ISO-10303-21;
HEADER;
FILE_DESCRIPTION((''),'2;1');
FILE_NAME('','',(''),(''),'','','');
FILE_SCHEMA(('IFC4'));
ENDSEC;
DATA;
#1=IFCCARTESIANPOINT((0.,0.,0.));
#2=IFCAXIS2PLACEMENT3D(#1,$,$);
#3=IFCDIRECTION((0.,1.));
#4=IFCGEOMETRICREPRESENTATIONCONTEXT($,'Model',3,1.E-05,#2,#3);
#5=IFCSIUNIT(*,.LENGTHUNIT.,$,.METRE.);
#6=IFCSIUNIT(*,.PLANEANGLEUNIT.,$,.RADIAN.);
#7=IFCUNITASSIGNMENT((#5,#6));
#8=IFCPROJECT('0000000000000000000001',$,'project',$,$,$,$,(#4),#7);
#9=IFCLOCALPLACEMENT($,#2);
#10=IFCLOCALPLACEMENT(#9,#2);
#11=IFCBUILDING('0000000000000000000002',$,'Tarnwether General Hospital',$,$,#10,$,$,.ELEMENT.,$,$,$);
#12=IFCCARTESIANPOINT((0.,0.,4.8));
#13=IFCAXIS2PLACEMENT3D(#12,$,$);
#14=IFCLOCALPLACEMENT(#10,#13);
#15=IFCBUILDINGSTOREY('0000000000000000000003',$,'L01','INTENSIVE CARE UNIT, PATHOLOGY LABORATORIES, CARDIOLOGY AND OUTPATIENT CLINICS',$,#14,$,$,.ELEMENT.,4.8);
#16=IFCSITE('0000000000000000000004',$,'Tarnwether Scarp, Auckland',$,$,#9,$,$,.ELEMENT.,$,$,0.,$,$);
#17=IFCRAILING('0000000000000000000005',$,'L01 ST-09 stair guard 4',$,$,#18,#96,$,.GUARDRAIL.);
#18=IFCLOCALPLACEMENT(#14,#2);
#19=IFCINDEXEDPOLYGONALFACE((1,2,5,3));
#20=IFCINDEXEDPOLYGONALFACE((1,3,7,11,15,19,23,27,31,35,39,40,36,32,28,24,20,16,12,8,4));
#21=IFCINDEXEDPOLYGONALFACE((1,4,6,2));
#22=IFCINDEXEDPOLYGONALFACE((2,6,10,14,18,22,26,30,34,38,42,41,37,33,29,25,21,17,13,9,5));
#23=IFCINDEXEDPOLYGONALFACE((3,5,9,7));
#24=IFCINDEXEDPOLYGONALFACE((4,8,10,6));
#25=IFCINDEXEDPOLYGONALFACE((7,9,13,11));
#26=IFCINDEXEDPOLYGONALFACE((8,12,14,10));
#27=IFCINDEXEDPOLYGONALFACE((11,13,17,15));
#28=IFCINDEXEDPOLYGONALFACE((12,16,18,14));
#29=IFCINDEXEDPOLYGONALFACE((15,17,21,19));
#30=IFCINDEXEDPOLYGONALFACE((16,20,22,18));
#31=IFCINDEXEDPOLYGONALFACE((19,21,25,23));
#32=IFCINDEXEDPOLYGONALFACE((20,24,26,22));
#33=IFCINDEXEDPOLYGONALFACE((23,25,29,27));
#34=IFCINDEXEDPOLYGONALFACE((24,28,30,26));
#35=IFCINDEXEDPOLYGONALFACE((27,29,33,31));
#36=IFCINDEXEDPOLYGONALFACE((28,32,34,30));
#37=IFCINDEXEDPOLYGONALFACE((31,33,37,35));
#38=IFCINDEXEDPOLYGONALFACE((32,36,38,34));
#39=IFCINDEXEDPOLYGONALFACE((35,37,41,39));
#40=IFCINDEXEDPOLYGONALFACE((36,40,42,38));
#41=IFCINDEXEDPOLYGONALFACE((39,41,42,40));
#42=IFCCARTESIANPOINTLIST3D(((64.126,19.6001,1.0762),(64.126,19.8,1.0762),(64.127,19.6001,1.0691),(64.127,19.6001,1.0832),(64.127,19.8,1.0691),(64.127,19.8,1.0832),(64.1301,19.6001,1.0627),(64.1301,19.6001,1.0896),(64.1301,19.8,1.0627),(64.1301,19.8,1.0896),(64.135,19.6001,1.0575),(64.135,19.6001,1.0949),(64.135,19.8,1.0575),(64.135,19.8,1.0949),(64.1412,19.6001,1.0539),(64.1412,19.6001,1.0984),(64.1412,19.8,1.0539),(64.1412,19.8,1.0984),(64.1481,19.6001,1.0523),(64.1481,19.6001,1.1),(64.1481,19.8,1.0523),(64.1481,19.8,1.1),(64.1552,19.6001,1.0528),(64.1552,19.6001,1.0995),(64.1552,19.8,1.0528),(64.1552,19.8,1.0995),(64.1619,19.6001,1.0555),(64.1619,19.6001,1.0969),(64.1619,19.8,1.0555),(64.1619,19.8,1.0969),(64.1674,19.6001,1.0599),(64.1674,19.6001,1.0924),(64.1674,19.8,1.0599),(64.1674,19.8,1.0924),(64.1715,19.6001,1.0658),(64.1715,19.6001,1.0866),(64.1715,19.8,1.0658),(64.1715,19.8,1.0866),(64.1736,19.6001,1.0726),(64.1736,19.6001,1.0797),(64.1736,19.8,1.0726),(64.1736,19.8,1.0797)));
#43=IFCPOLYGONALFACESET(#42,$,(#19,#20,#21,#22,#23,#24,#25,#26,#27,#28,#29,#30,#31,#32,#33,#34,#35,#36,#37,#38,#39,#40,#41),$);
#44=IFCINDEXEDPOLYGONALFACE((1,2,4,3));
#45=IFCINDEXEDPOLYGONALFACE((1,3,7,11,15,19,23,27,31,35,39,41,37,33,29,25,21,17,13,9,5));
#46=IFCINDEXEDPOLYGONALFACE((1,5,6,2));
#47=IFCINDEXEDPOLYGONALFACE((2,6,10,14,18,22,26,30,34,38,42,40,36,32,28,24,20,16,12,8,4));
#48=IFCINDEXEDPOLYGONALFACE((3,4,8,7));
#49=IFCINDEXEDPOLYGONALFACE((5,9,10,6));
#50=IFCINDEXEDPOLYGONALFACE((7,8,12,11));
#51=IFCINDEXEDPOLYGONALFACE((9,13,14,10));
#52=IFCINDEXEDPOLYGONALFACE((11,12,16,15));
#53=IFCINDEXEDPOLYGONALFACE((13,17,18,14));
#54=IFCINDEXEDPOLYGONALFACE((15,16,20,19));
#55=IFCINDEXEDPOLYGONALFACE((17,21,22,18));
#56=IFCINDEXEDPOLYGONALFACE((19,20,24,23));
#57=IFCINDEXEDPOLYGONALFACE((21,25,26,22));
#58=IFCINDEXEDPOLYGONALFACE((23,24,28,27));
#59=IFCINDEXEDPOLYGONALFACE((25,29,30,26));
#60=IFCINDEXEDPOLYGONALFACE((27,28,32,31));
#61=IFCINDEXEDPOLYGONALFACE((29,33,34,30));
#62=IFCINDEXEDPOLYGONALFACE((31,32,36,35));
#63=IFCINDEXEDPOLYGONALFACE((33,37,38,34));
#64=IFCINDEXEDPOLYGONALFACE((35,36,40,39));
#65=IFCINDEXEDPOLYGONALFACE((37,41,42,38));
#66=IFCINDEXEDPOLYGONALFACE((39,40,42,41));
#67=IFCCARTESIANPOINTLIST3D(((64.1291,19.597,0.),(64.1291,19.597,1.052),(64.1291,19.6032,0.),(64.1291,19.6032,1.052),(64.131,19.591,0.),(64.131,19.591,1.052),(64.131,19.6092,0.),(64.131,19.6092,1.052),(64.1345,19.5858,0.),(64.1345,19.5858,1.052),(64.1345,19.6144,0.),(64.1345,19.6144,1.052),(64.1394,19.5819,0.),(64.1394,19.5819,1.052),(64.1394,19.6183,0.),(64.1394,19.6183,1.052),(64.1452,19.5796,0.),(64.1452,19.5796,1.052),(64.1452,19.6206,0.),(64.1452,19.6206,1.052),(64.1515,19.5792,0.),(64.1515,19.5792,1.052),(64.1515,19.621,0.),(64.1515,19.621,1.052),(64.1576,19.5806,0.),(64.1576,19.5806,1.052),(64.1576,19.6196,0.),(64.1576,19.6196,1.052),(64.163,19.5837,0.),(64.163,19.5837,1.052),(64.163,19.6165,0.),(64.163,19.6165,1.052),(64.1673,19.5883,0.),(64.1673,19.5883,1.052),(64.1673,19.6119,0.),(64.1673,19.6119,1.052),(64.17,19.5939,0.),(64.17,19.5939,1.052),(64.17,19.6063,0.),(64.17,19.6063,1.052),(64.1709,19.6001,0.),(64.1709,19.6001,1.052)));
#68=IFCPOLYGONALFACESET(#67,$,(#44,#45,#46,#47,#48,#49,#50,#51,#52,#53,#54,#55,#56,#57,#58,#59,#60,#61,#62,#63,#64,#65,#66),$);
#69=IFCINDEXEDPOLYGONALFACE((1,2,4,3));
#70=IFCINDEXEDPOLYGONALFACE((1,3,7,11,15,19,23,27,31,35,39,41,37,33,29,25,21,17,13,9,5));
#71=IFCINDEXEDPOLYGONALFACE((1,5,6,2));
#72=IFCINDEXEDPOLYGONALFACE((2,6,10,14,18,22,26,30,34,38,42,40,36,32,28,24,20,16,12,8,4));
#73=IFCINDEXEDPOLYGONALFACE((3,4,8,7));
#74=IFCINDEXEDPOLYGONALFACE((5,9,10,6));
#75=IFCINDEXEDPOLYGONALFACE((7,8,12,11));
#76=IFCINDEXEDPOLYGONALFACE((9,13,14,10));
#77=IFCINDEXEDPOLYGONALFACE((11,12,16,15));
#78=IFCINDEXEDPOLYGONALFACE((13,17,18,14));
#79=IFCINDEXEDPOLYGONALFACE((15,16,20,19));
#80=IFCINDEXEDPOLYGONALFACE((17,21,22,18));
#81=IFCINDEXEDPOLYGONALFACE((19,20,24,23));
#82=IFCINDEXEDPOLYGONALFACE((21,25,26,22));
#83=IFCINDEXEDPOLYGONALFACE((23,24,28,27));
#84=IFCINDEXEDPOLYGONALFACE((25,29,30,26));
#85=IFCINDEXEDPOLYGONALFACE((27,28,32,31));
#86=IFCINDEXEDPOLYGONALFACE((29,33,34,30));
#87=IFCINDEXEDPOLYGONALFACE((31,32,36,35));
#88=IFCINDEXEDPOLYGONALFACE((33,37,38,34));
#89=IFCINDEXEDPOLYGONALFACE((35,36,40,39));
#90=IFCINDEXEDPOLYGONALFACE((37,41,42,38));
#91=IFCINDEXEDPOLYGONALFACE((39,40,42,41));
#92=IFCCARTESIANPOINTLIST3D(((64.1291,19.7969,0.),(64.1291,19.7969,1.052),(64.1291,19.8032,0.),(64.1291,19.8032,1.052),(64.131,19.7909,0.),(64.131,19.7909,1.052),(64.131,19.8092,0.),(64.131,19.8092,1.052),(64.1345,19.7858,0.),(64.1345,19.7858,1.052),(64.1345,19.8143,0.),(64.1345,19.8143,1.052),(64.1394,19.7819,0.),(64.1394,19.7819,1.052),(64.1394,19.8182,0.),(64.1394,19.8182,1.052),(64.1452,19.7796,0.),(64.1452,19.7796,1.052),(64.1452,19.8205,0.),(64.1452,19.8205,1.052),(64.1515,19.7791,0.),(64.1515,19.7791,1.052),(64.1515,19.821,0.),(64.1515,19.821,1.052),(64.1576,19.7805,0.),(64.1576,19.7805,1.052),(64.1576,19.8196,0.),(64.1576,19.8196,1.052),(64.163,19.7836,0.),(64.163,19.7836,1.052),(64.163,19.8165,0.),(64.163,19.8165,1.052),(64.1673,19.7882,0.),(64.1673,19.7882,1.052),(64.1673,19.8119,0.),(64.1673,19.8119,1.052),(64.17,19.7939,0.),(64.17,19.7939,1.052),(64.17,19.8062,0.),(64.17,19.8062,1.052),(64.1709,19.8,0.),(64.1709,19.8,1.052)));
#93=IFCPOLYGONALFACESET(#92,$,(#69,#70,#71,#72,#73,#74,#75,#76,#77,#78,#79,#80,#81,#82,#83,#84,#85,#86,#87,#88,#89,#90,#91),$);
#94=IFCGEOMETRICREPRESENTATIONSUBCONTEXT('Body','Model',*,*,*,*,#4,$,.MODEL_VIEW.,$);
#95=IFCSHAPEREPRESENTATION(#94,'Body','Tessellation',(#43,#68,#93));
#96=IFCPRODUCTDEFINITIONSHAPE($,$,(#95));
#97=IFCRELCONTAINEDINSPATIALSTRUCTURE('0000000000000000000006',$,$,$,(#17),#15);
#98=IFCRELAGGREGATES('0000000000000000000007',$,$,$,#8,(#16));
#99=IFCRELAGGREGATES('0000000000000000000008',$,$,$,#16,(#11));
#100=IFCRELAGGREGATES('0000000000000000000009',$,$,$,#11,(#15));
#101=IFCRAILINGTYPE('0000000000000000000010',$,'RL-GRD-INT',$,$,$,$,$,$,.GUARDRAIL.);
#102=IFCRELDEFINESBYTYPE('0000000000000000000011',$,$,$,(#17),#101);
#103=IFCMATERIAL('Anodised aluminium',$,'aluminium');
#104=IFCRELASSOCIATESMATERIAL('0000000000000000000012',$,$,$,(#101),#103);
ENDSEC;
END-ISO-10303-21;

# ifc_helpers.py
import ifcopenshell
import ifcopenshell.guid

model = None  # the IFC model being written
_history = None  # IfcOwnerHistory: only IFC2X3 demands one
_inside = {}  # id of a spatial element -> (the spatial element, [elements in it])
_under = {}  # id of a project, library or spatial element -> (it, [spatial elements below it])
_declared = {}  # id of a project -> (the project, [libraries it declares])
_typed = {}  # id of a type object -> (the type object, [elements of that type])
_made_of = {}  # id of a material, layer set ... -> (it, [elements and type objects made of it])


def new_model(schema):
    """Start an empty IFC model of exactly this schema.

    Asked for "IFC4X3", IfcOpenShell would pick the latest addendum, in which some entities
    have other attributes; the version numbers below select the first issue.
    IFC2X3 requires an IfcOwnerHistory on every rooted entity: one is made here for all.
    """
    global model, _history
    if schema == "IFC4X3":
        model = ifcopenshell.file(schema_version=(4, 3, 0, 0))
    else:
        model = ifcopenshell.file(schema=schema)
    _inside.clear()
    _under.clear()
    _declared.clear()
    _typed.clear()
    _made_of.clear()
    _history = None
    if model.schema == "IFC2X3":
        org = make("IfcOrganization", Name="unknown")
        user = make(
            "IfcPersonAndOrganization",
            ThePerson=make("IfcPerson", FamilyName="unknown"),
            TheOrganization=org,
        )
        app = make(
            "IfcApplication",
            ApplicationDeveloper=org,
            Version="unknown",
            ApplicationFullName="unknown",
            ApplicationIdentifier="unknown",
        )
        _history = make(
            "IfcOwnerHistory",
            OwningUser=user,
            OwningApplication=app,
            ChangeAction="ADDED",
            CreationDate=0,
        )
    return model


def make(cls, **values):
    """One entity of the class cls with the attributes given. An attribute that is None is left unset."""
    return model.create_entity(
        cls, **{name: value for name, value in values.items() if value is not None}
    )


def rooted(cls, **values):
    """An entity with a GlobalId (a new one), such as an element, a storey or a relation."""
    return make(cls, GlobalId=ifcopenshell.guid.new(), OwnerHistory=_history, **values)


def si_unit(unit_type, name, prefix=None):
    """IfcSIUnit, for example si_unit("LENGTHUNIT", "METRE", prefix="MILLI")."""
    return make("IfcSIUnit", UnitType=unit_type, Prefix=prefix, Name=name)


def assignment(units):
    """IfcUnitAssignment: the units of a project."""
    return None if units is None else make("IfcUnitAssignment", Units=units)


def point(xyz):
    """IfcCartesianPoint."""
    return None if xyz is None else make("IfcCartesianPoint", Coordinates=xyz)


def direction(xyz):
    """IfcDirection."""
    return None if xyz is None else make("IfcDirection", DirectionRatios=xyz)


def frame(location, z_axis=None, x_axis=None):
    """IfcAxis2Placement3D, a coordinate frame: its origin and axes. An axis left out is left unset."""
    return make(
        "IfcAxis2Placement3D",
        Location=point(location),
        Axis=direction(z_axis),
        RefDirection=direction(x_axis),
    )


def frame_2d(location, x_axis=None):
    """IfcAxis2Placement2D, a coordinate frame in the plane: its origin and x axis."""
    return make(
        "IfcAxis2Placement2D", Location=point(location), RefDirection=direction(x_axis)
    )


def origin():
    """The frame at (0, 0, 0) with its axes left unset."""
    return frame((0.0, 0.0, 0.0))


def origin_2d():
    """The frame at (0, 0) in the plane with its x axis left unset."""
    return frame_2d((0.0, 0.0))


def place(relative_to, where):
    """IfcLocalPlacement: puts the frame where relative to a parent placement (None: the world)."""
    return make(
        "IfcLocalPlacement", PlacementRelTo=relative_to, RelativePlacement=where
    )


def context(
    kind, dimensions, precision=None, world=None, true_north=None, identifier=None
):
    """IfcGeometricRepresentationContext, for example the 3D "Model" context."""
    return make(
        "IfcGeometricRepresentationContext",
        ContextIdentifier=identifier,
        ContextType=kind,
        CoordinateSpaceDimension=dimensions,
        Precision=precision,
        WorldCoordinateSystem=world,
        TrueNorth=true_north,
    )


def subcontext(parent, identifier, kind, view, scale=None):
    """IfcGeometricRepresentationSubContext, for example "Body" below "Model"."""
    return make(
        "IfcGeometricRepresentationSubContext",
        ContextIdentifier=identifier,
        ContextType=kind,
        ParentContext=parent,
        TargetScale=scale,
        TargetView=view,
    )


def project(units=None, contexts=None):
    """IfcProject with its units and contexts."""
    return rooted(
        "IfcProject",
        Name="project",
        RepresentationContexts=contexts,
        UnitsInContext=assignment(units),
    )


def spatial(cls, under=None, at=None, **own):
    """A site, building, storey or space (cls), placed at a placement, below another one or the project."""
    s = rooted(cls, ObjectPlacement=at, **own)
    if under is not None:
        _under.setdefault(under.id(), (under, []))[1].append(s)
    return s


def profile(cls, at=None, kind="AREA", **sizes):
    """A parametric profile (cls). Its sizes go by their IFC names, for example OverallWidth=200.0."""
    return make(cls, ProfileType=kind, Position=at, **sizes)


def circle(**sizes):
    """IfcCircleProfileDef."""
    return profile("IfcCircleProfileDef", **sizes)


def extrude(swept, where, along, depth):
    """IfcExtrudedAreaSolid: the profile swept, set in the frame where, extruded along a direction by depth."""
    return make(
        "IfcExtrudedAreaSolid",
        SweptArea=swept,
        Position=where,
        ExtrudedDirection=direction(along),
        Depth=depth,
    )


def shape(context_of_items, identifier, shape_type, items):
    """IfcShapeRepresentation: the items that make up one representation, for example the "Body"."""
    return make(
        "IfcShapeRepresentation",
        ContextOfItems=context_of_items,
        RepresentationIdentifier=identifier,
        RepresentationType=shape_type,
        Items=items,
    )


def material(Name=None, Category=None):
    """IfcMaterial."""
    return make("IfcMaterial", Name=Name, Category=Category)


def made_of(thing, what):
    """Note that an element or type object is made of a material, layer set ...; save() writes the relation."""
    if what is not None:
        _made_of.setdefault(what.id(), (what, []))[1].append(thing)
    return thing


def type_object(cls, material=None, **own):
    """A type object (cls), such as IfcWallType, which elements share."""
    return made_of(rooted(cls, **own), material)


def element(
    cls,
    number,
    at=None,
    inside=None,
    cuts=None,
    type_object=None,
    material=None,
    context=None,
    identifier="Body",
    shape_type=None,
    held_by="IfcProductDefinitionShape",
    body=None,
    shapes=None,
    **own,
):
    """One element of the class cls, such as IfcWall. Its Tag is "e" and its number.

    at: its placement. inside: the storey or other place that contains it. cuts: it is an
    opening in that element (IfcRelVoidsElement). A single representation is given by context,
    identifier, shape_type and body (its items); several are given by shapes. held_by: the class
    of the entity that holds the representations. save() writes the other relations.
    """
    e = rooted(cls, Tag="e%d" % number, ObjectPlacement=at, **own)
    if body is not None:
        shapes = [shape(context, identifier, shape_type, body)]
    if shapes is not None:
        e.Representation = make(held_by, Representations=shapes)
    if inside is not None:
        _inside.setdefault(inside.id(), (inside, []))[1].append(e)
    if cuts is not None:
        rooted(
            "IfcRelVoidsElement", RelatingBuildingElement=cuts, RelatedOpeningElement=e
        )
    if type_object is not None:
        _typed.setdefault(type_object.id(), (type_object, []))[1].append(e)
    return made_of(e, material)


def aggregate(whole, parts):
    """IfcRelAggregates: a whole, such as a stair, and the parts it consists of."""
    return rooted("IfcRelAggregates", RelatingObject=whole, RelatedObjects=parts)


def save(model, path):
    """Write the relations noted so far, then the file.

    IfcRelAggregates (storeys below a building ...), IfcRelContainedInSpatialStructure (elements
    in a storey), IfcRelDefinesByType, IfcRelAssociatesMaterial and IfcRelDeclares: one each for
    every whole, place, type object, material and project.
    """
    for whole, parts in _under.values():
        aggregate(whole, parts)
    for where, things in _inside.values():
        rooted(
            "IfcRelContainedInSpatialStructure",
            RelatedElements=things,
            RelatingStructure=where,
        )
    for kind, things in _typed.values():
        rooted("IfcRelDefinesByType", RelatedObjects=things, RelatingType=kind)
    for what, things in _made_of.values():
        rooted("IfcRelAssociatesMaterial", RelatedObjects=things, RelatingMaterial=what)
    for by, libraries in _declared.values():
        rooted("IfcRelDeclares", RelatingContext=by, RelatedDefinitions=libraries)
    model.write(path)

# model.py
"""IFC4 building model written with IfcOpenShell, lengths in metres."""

from ifc_helpers import new_model, si_unit, direction, frame, origin, origin_2d, place, context, subcontext, project, spatial, circle, extrude, material, type_object, element, save


model = new_model("IFC4")

# Units and contexts
model_context = context("Model", 3, precision=1e-05, world=origin(), true_north=direction((0.0, 1.0)))
body_context = subcontext(model_context, "Body", "Model", "MODEL_VIEW")
ifc_project = project(units=[si_unit("LENGTHUNIT", "METRE"), si_unit("PLANEANGLEUNIT", "RADIAN")], contexts=[model_context])

# Site, building, storey
site_placement = place(None, origin())
site = spatial("IfcSite", under=ifc_project, at=site_placement, Name="Tarnwether Scarp, Auckland", CompositionType="ELEMENT", RefElevation=0.0)
building_placement = place(site_placement, origin())
building = spatial("IfcBuilding", under=site, at=building_placement, Name="Tarnwether General Hospital", CompositionType="ELEMENT")
storey_placement = place(building_placement, frame((0.0, 0.0, 4.8)))
storey = spatial("IfcBuildingStorey", under=building, at=storey_placement, Name="L01", Description="INTENSIVE CARE UNIT, PATHOLOGY LABORATORIES, CARDIOLOGY AND OUTPATIENT CLINICS", CompositionType="ELEMENT", Elevation=4.8)

# Railing
ifc_material_1 = material(Name="Anodised aluminium", Category="aluminium")
railing_type_1 = type_object("IfcRailingType", Name="RL-GRD-INT", PredefinedType="GUARDRAIL", material=ifc_material_1)
railing_1_placement = place(storey_placement, frame((64.1499, 19.6001, 0.0)))
element("IfcRailing", 1, at=railing_1_placement, inside=storey, type_object=railing_type_1, Name="L01 ST-09 stair guard 4", PredefinedType="GUARDRAIL", context=body_context, shape_type="SweptSolid", body=[
    extrude(circle(Radius=0.0239, at=origin_2d()), frame((0.0, 0.0, 1.0762), z_axis=(0.0, 1.0, 0.0), x_axis=(-1.0, 0.0, 0.0)), (0.0, 0.0, 1.0), 0.2),
    extrude(circle(Radius=0.021, at=origin_2d()), origin(), (0.0, 0.0, 1.0), 1.052),
    extrude(circle(Radius=0.021, at=origin_2d()), frame((0.0, 0.2, 0.0)), (0.0, 0.0, 1.0), 1.052),
])

save(model, "model.ifc")
